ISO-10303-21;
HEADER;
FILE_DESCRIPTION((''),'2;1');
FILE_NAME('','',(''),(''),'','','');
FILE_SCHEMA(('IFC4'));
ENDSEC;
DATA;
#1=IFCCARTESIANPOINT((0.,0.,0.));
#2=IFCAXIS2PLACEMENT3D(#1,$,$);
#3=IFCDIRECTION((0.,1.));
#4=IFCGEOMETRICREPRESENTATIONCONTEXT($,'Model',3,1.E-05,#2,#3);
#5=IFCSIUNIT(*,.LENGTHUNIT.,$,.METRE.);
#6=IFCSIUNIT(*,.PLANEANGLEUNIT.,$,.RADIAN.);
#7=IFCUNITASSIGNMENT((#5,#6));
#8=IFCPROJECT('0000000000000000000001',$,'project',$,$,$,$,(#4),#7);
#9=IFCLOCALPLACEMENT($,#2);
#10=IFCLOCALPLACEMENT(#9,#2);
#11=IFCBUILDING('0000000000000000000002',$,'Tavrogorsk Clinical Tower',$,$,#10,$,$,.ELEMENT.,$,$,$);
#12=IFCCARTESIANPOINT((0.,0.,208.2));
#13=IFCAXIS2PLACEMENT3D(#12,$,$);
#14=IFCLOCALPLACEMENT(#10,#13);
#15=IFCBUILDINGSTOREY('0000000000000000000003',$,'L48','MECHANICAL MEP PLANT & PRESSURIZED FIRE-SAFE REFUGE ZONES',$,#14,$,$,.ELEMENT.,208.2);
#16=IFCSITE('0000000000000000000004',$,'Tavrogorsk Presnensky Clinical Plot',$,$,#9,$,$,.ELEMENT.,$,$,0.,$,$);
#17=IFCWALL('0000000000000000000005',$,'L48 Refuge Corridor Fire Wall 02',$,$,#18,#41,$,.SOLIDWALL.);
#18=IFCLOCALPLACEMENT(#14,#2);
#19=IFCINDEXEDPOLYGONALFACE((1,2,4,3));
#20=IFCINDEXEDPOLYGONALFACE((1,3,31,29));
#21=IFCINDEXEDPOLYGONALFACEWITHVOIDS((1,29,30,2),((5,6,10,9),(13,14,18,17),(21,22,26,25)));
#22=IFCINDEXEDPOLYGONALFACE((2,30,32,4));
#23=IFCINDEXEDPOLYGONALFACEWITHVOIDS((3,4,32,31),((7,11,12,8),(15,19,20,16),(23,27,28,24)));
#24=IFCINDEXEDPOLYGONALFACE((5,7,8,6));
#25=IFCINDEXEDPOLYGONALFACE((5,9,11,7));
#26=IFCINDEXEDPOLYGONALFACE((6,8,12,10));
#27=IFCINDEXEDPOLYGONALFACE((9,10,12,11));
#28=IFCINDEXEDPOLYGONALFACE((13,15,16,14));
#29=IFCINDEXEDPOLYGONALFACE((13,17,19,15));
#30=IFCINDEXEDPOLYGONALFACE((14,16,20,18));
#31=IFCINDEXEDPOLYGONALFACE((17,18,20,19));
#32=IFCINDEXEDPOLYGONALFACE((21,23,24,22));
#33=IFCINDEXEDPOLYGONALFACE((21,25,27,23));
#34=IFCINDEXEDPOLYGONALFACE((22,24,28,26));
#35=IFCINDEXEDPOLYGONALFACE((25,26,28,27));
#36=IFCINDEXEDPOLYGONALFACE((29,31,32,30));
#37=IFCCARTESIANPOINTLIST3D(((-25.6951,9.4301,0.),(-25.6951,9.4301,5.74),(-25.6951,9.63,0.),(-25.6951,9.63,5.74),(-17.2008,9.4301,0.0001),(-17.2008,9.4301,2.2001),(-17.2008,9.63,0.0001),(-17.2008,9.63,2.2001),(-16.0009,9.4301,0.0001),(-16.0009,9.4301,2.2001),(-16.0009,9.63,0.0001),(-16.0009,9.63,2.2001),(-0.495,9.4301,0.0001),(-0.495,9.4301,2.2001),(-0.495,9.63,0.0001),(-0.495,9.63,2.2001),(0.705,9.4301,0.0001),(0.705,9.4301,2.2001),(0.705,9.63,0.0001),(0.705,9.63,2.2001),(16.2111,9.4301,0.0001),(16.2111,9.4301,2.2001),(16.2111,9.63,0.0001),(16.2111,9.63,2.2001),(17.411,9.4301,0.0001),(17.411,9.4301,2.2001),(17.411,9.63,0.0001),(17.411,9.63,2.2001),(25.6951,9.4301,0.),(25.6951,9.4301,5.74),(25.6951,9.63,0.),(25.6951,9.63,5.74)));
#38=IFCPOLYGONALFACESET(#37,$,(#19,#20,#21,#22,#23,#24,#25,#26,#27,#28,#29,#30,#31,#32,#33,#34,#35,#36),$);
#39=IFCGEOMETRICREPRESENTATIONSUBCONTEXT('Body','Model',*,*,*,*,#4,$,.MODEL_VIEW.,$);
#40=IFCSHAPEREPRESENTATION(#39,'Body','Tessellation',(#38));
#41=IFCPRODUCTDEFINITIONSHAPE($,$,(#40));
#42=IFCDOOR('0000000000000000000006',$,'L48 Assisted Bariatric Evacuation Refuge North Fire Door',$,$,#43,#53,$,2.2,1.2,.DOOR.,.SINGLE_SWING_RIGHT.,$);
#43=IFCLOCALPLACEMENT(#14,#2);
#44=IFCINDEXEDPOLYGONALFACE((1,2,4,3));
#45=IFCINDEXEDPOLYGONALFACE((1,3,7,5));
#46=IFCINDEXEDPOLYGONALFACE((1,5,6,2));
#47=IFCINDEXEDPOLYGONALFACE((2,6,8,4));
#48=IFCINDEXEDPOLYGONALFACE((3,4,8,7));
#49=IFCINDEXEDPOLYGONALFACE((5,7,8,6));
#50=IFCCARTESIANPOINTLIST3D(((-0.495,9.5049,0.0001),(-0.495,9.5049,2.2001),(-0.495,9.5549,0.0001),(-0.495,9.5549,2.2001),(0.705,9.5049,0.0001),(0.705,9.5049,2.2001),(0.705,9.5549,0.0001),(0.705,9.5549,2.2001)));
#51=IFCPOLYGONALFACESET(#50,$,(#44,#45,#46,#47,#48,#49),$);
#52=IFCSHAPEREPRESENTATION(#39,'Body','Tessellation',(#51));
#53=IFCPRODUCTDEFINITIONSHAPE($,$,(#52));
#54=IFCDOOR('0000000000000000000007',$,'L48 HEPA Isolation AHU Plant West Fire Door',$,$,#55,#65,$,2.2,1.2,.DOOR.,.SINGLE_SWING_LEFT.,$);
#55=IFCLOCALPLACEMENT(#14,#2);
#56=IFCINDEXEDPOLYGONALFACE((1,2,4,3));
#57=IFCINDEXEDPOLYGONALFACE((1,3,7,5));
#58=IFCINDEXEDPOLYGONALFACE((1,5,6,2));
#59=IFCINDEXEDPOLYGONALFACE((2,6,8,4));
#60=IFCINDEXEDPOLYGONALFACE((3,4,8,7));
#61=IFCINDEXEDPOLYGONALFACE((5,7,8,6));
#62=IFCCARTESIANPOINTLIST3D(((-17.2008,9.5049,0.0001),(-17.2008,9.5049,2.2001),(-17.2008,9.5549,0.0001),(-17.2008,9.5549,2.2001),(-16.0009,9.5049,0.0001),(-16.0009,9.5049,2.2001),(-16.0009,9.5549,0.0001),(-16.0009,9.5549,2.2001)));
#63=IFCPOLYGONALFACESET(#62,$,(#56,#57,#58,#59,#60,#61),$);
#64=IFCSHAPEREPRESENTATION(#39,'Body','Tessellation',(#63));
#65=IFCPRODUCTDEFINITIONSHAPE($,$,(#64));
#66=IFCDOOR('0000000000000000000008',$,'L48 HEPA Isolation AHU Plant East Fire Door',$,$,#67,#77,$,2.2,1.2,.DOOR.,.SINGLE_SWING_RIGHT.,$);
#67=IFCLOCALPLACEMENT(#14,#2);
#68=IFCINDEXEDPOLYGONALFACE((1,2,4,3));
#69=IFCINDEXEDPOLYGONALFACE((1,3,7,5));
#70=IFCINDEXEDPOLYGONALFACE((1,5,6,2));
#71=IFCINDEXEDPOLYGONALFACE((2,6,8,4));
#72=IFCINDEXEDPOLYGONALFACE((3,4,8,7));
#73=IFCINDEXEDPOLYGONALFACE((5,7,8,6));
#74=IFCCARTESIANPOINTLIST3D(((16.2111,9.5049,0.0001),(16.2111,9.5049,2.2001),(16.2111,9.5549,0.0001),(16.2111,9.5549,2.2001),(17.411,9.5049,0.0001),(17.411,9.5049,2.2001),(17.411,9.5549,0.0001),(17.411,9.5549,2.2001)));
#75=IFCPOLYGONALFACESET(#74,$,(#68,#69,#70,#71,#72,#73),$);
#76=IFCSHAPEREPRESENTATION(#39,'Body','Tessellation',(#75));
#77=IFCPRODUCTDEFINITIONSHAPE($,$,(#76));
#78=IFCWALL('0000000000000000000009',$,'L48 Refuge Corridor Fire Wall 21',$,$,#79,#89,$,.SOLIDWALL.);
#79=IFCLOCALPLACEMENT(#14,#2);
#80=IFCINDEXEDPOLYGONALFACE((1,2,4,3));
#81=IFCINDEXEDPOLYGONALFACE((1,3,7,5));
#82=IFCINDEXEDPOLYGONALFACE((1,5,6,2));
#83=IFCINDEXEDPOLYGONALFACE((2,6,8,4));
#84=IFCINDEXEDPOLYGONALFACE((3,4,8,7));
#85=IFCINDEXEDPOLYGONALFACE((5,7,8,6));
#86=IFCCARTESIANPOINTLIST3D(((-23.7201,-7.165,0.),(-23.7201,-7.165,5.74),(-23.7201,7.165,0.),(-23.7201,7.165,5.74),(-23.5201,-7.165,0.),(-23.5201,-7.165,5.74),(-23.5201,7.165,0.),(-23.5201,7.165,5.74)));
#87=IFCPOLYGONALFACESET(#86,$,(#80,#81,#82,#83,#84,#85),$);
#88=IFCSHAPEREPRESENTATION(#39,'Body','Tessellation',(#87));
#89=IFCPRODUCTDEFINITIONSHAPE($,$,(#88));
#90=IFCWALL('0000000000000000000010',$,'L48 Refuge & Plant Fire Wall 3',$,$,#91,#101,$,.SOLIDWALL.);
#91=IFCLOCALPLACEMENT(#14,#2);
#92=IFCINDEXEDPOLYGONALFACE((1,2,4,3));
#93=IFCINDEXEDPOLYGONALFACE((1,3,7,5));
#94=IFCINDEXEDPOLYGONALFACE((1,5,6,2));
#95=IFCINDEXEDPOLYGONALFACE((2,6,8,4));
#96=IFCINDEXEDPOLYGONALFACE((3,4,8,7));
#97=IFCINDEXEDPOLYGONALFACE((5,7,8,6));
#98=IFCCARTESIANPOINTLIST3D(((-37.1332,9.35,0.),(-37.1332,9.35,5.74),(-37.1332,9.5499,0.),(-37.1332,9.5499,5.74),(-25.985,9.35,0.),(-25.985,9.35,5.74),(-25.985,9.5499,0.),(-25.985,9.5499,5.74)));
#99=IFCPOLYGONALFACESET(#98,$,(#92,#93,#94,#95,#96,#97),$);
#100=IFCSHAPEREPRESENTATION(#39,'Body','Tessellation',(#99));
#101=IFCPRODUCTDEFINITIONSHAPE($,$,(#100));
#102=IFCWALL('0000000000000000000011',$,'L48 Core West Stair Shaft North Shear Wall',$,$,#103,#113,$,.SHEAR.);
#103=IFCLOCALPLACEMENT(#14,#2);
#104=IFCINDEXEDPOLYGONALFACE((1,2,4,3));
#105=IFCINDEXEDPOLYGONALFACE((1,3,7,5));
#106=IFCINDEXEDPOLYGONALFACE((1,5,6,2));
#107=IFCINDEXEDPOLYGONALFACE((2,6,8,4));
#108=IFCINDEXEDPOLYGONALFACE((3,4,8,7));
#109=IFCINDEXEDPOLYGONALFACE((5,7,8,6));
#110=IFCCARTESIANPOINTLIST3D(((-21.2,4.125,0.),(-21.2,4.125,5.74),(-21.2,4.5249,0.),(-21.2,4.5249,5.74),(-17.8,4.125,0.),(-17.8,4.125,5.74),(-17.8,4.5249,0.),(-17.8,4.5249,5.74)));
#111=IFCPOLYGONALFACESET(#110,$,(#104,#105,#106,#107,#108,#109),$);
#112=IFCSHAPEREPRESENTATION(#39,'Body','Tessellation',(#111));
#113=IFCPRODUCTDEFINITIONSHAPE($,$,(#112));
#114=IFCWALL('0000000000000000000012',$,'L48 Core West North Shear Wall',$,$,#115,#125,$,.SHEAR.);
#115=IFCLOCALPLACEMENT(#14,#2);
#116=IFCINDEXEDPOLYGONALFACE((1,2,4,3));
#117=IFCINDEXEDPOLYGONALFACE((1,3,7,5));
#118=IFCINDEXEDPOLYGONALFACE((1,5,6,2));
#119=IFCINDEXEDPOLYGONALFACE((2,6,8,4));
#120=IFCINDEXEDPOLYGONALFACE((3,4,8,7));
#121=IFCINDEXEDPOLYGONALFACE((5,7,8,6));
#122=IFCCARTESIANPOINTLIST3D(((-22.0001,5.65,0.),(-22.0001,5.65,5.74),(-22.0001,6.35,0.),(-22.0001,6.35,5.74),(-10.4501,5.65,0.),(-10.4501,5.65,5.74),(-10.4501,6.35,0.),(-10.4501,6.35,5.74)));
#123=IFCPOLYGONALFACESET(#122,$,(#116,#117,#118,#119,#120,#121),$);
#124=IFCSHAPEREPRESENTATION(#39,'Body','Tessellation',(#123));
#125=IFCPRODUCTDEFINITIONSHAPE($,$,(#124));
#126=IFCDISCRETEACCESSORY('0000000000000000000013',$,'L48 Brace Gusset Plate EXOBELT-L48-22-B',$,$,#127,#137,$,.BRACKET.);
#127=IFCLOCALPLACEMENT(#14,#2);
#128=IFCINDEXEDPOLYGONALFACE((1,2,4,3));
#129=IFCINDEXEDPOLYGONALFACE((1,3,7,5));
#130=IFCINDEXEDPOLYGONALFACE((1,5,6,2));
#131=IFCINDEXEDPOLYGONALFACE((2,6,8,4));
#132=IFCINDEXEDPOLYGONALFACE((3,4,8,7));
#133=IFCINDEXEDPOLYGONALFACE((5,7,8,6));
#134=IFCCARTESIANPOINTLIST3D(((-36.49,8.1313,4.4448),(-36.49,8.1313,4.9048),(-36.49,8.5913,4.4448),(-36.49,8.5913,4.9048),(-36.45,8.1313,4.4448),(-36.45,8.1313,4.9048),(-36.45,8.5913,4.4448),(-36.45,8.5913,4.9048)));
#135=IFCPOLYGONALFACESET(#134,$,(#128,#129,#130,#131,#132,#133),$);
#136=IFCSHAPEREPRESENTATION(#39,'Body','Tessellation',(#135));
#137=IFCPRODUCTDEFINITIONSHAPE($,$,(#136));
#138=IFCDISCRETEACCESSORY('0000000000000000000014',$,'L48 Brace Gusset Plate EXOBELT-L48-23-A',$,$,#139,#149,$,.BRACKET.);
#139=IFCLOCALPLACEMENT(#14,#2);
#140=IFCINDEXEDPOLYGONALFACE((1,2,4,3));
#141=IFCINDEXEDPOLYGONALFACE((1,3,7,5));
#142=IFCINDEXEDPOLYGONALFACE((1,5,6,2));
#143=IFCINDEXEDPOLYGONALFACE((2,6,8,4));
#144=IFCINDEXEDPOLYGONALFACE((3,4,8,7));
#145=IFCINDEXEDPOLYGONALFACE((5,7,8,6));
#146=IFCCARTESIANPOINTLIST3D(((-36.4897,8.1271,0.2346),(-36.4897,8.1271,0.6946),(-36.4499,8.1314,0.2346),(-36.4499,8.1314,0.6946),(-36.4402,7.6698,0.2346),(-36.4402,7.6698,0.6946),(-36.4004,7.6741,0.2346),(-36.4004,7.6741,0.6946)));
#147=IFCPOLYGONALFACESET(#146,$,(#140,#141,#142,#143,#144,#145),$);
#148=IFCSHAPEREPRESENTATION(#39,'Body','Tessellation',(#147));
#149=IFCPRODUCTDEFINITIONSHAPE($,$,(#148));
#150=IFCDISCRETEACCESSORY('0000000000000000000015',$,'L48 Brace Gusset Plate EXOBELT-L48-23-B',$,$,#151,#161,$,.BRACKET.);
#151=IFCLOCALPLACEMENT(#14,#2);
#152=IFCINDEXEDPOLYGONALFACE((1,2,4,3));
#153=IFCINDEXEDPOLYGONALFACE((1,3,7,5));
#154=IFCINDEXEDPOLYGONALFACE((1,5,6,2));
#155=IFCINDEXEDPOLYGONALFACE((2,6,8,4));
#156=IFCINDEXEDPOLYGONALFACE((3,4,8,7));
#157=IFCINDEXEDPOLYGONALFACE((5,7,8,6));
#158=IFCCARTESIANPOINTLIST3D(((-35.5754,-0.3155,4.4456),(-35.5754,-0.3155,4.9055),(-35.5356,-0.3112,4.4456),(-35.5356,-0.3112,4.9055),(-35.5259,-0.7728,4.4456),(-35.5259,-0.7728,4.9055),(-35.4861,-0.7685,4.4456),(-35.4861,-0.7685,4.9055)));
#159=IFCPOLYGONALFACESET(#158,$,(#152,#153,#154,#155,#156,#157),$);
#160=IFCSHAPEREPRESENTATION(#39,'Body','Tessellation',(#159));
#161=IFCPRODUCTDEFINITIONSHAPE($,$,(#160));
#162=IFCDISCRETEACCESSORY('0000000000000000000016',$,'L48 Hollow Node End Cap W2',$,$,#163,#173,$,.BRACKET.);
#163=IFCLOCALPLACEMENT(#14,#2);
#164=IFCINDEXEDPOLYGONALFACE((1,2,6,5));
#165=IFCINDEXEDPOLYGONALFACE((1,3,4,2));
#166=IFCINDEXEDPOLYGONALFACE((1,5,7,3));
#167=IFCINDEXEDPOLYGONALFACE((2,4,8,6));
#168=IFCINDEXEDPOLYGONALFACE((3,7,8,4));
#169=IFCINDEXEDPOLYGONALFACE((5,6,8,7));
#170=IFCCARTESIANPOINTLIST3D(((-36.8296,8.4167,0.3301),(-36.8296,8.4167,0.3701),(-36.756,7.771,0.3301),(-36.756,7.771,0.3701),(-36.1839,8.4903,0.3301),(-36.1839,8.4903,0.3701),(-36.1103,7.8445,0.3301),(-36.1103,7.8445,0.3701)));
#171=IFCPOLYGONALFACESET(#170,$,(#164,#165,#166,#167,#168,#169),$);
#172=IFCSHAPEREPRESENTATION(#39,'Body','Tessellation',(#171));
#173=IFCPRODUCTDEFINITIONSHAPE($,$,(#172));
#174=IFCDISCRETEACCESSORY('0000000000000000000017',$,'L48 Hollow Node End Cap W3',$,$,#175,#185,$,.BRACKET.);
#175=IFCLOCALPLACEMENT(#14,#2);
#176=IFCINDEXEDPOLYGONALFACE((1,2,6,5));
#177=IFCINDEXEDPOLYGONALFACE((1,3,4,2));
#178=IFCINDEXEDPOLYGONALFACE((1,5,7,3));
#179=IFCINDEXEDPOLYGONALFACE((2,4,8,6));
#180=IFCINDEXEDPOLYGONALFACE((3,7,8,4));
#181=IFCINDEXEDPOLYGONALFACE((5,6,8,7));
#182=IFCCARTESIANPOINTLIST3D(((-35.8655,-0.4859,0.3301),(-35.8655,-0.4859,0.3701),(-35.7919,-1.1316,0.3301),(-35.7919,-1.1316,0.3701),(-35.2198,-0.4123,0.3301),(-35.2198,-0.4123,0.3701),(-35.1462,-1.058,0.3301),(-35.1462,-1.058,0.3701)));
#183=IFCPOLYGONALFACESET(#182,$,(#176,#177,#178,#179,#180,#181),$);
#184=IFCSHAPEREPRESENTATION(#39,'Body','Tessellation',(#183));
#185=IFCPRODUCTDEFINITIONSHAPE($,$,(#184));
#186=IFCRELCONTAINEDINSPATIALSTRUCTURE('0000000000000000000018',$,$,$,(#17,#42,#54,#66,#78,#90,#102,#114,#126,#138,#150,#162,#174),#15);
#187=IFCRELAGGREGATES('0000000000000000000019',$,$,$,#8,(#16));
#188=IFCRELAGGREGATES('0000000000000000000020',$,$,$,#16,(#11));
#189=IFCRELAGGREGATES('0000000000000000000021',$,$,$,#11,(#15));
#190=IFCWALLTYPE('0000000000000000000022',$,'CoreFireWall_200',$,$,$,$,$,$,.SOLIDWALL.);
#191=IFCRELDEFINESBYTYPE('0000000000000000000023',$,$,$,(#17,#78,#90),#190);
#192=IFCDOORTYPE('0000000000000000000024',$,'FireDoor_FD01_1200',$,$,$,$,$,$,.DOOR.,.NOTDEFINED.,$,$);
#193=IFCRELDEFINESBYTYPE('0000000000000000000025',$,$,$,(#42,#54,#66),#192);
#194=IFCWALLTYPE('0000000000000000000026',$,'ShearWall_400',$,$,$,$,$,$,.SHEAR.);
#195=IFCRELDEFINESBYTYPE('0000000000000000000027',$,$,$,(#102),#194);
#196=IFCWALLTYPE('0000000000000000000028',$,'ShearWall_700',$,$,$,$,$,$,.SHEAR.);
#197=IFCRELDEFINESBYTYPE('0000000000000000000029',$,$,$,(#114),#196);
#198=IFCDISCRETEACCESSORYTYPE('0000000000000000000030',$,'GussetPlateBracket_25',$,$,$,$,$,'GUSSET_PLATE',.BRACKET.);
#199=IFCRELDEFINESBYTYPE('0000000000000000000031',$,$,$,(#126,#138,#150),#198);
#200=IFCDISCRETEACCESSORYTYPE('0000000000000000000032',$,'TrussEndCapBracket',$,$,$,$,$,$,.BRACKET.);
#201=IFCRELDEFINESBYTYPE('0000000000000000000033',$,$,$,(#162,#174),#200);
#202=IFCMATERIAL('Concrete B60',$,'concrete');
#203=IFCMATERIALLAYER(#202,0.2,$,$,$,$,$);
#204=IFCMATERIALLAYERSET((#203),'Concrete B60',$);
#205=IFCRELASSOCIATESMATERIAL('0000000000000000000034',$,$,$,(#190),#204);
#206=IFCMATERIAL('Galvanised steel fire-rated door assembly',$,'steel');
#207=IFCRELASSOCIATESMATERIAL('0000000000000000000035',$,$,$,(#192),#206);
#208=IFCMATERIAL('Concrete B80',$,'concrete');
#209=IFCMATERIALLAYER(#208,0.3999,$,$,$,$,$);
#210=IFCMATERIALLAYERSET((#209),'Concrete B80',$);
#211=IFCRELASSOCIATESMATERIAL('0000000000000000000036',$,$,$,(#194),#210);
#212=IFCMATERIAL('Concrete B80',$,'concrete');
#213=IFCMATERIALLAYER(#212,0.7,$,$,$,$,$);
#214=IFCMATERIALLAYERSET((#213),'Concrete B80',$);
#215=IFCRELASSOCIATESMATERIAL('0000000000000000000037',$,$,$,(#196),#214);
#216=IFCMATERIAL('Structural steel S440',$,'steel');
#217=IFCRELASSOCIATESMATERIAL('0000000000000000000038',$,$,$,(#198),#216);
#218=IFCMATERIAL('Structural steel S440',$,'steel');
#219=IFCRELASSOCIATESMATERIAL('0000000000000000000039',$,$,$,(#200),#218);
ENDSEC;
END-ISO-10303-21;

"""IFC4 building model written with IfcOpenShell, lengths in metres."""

from ifc_helpers import new_model, si_unit, direction, frame, frame_2d, origin, origin_2d, place, context, subcontext, project, spatial, rectangle, extrude, material, layer, layer_set, type_object, element, fill, save


model = new_model("IFC4")

# Units and contexts
model_context = context("Model", 3, precision=1e-05, world=origin(), true_north=direction((0.0, 1.0)))
body_context = subcontext(model_context, "Body", "Model", "MODEL_VIEW")
ifc_project = project(units=[si_unit("LENGTHUNIT", "METRE"), si_unit("PLANEANGLEUNIT", "RADIAN")], contexts=[model_context])

# Site, building, storey
site_placement = place(None, origin())
site = spatial("IfcSite", under=ifc_project, at=site_placement, Name="Tavrogorsk Presnensky Clinical Plot", CompositionType="ELEMENT", RefElevation=0.0)
building_placement = place(site_placement, origin())
building = spatial("IfcBuilding", under=site, at=building_placement, Name="Tavrogorsk Clinical Tower", CompositionType="ELEMENT")
storey_placement = place(building_placement, frame((0.0, 0.0, 208.2)))
storey = spatial("IfcBuildingStorey", under=building, at=storey_placement, Name="L48", Description="MECHANICAL MEP PLANT & PRESSURIZED FIRE-SAFE REFUGE ZONES", CompositionType="ELEMENT", Elevation=208.2)

# Wall, openings, doors
ifc_material_1 = material(Name="Concrete B60", Category="concrete")
ifc_layer_1 = layer(ifc_material_1, 0.2)
ifc_layer_set_1 = layer_set([ifc_layer_1], Name="Concrete B60")
wall_type_1 = type_object("IfcWallType", Name="CoreFireWall_200", PredefinedType="SOLIDWALL", material=ifc_layer_set_1)
wall_1_placement = place(storey_placement, frame((-25.6951, 9.53, 0.0), z_axis=(0.0, 0.0, 1.0), x_axis=(1.0, 0.0, 0.0)))
wall_1 = element("IfcWall", 1, at=wall_1_placement, inside=storey, type_object=wall_type_1, Name="L48 Refuge Corridor Fire Wall 02", PredefinedType="SOLIDWALL", context=body_context, shape_type="SweptSolid", body=[
    extrude(rectangle(XDim=51.3901, YDim=0.2, at=frame_2d((25.6951, 0.0))), origin(), (0.0, 0.0, 1.0), 5.74),
])
opening_1_placement = place(wall_1_placement, frame((25.2, 0.0, 0.0)))
opening_1 = element("IfcOpeningElement", 2, at=opening_1_placement, cuts=wall_1, PredefinedType="OPENING", context=body_context, shape_type="SweptSolid", body=[
    extrude(rectangle(XDim=1.2, YDim=2.2, at=frame_2d((0.6001, 1.1001))), frame((0.0, 0.1099, 0.0), z_axis=(0.0, -1.0, 0.0), x_axis=(1.0, 0.0, 0.0)), (0.0, 0.0, 1.0), 0.22),
])
opening_2_placement = place(wall_1_placement, frame((8.4941, 0.0, 0.0)))
opening_2 = element("IfcOpeningElement", 3, at=opening_2_placement, cuts=wall_1, PredefinedType="OPENING", context=body_context, shape_type="SweptSolid", body=[
    extrude(rectangle(XDim=1.2, YDim=2.2, at=frame_2d((0.6001, 1.1001))), frame((0.0, 0.1099, 0.0), z_axis=(0.0, -1.0, 0.0), x_axis=(1.0, 0.0, 0.0)), (0.0, 0.0, 1.0), 0.22),
])
opening_3_placement = place(wall_1_placement, frame((41.906, 0.0, 0.0)))
opening_3 = element("IfcOpeningElement", 4, at=opening_3_placement, cuts=wall_1, PredefinedType="OPENING", context=body_context, shape_type="SweptSolid", body=[
    extrude(rectangle(XDim=1.2, YDim=2.2, at=frame_2d((0.6001, 1.1001))), frame((0.0, 0.1099, 0.0), z_axis=(0.0, -1.0, 0.0), x_axis=(1.0, 0.0, 0.0)), (0.0, 0.0, 1.0), 0.22),
])
ifc_material_2 = material(Name="Galvanised steel fire-rated door assembly", Category="steel")
door_type = type_object("IfcDoorType", Name="FireDoor_FD01_1200", OperationType="NOTDEFINED", PredefinedType="DOOR", material=ifc_material_2)
door_1_placement = place(opening_1_placement, origin())
door_1 = element("IfcDoor", 5, at=door_1_placement, inside=storey, type_object=door_type, Name="L48 Assisted Bariatric Evacuation Refuge North Fire Door", OperationType="SINGLE_SWING_RIGHT", OverallHeight=2.2, OverallWidth=1.2, PredefinedType="DOOR", context=body_context, shape_type="SweptSolid", body=[
    extrude(rectangle(XDim=1.2, YDim=2.2, at=frame_2d((0.6001, 1.1001))), frame((0.0, 0.0249, 0.0), z_axis=(0.0, -1.0, 0.0), x_axis=(1.0, 0.0, 0.0)), (0.0, 0.0, 1.0), 0.05),
])
fill(opening_1, door_1)
door_2_placement = place(opening_2_placement, origin())
door_2 = element("IfcDoor", 6, at=door_2_placement, inside=storey, type_object=door_type, Name="L48 HEPA Isolation AHU Plant West Fire Door", OperationType="SINGLE_SWING_LEFT", OverallHeight=2.2, OverallWidth=1.2, PredefinedType="DOOR", context=body_context, shape_type="SweptSolid", body=[
    extrude(rectangle(XDim=1.2, YDim=2.2, at=frame_2d((0.6001, 1.1001))), frame((0.0, 0.0249, 0.0), z_axis=(0.0, -1.0, 0.0), x_axis=(1.0, 0.0, 0.0)), (0.0, 0.0, 1.0), 0.05),
])
fill(opening_2, door_2)
door_3_placement = place(opening_3_placement, origin())
door_3 = element("IfcDoor", 7, at=door_3_placement, inside=storey, type_object=door_type, Name="L48 HEPA Isolation AHU Plant East Fire Door", OperationType="SINGLE_SWING_RIGHT", OverallHeight=2.2, OverallWidth=1.2, PredefinedType="DOOR", context=body_context, shape_type="SweptSolid", body=[
    extrude(rectangle(XDim=1.2, YDim=2.2, at=frame_2d((0.6001, 1.1001))), frame((0.0, 0.0249, 0.0), z_axis=(0.0, -1.0, 0.0), x_axis=(1.0, 0.0, 0.0)), (0.0, 0.0, 1.0), 0.05),
])
fill(opening_3, door_3)

# Walls
wall_2_placement = place(storey_placement, frame((-23.6201, 7.165, 0.0), z_axis=(0.0, 0.0, 1.0), x_axis=(0.0, -1.0, 0.0)))
element("IfcWall", 8, at=wall_2_placement, inside=storey, type_object=wall_type_1, Name="L48 Refuge Corridor Fire Wall 21", PredefinedType="SOLIDWALL", context=body_context, shape_type="SweptSolid", body=[
    extrude(rectangle(XDim=14.3301, YDim=0.2, at=frame_2d((7.165, 0.0))), origin(), (0.0, 0.0, 1.0), 5.74),
])
wall_3_placement = place(storey_placement, frame((-37.1333, 9.45, 0.0), z_axis=(0.0, 0.0, 1.0), x_axis=(1.0, 0.0, 0.0)))
element("IfcWall", 9, at=wall_3_placement, inside=storey, type_object=wall_type_1, Name="L48 Refuge & Plant Fire Wall 3", PredefinedType="SOLIDWALL", context=body_context, shape_type="SweptSolid", body=[
    extrude(rectangle(XDim=11.1482, YDim=0.2, at=frame_2d((5.5742, 0.0))), origin(), (0.0, 0.0, 1.0), 5.74),
])
ifc_material_3 = material(Name="Concrete B80", Category="concrete")
ifc_layer_2 = layer(ifc_material_3, 0.3999)
ifc_layer_set_2 = layer_set([ifc_layer_2], Name="Concrete B80")
wall_type_2 = type_object("IfcWallType", Name="ShearWall_400", PredefinedType="SHEAR", material=ifc_layer_set_2)
wall_4_placement = place(storey_placement, frame((-21.2, 4.325, 0.0), z_axis=(0.0, 0.0, 1.0), x_axis=(1.0, 0.0, 0.0)))
element("IfcWall", 10, at=wall_4_placement, inside=storey, type_object=wall_type_2, Name="L48 Core West Stair Shaft North Shear Wall", PredefinedType="SHEAR", context=body_context, shape_type="SweptSolid", body=[
    extrude(rectangle(XDim=3.3999, YDim=0.3999, at=frame_2d((1.7, 0.0))), origin(), (0.0, 0.0, 1.0), 5.74),
])
ifc_material_4 = material(Name="Concrete B80", Category="concrete")
ifc_layer_3 = layer(ifc_material_4, 0.7)
ifc_layer_set_3 = layer_set([ifc_layer_3], Name="Concrete B80")
wall_type_3 = type_object("IfcWallType", Name="ShearWall_700", PredefinedType="SHEAR", material=ifc_layer_set_3)
wall_5_placement = place(storey_placement, frame((-22.0, 6.0, 0.0), z_axis=(0.0, 0.0, 1.0), x_axis=(1.0, 0.0, 0.0)))
element("IfcWall", 11, at=wall_5_placement, inside=storey, type_object=wall_type_3, Name="L48 Core West North Shear Wall", PredefinedType="SHEAR", context=body_context, shape_type="SweptSolid", body=[
    extrude(rectangle(XDim=11.55, YDim=0.7, at=frame_2d((5.7749, 0.0))), origin(), (0.0, 0.0, 1.0), 5.74),
])

# Discrete accessories
ifc_material_5 = material(Name="Structural steel S440", Category="steel")
discrete_accessory_type_1 = type_object("IfcDiscreteAccessoryType", Name="GussetPlateBracket_25", ElementType="GUSSET_PLATE", PredefinedType="BRACKET", material=ifc_material_5)
for number, where, z_axis, x_axis, name in (
    (12, (-36.47, 8.3613, 4.4448), (0.0, 0.0, 1.0), (0.0, -1.0, 0.0), "L48 Brace Gusset Plate EXOBELT-L48-22-B"),
    (13, (-36.4451, 7.9006, 0.2346), (0.0, 0.0, 1.0), (0.107652, -0.994189, 0.0), "L48 Brace Gusset Plate EXOBELT-L48-23-A"),
    (14, (-35.5308, -0.542, 4.4456), (0.0, 0.0, 1.0), (0.107652, -0.994189, 0.0), "L48 Brace Gusset Plate EXOBELT-L48-23-B"),
):
    element("IfcDiscreteAccessory", number, at=place(storey_placement, frame(where, z_axis=z_axis, x_axis=x_axis)), inside=storey, type_object=discrete_accessory_type_1, Name=name, PredefinedType="BRACKET", context=body_context, shape_type="SweptSolid", body=[
        extrude(rectangle(XDim=0.46, YDim=0.04, at=origin_2d()), origin(), (0.0, 0.0, 1.0), 0.46),
    ])
ifc_material_6 = material(Name="Structural steel S440", Category="steel")
discrete_accessory_type_2 = type_object("IfcDiscreteAccessoryType", Name="TrussEndCapBracket", PredefinedType="BRACKET", material=ifc_material_6)
for number, where, z_axis, x_axis, name in (
    (15, (-36.47, 8.1306, 0.3301), (0.0, 0.0, 1.0), (0.993572, 0.113203, 0.0), "L48 Hollow Node End Cap W2"),
    (16, (-35.5059, -0.772, 0.3301), (0.0, 0.0, 1.0), (0.993572, 0.113203, 0.0), "L48 Hollow Node End Cap W3"),
):
    element("IfcDiscreteAccessory", number, at=place(storey_placement, frame(where, z_axis=z_axis, x_axis=x_axis)), inside=storey, type_object=discrete_accessory_type_2, Name=name, PredefinedType="BRACKET", context=body_context, shape_type="SweptSolid", body=[
        extrude(rectangle(XDim=0.6499, YDim=0.6499, at=origin_2d()), origin(), (0.0, 0.0, 1.0), 0.04),
    ])

save(model, "model.ifc")
